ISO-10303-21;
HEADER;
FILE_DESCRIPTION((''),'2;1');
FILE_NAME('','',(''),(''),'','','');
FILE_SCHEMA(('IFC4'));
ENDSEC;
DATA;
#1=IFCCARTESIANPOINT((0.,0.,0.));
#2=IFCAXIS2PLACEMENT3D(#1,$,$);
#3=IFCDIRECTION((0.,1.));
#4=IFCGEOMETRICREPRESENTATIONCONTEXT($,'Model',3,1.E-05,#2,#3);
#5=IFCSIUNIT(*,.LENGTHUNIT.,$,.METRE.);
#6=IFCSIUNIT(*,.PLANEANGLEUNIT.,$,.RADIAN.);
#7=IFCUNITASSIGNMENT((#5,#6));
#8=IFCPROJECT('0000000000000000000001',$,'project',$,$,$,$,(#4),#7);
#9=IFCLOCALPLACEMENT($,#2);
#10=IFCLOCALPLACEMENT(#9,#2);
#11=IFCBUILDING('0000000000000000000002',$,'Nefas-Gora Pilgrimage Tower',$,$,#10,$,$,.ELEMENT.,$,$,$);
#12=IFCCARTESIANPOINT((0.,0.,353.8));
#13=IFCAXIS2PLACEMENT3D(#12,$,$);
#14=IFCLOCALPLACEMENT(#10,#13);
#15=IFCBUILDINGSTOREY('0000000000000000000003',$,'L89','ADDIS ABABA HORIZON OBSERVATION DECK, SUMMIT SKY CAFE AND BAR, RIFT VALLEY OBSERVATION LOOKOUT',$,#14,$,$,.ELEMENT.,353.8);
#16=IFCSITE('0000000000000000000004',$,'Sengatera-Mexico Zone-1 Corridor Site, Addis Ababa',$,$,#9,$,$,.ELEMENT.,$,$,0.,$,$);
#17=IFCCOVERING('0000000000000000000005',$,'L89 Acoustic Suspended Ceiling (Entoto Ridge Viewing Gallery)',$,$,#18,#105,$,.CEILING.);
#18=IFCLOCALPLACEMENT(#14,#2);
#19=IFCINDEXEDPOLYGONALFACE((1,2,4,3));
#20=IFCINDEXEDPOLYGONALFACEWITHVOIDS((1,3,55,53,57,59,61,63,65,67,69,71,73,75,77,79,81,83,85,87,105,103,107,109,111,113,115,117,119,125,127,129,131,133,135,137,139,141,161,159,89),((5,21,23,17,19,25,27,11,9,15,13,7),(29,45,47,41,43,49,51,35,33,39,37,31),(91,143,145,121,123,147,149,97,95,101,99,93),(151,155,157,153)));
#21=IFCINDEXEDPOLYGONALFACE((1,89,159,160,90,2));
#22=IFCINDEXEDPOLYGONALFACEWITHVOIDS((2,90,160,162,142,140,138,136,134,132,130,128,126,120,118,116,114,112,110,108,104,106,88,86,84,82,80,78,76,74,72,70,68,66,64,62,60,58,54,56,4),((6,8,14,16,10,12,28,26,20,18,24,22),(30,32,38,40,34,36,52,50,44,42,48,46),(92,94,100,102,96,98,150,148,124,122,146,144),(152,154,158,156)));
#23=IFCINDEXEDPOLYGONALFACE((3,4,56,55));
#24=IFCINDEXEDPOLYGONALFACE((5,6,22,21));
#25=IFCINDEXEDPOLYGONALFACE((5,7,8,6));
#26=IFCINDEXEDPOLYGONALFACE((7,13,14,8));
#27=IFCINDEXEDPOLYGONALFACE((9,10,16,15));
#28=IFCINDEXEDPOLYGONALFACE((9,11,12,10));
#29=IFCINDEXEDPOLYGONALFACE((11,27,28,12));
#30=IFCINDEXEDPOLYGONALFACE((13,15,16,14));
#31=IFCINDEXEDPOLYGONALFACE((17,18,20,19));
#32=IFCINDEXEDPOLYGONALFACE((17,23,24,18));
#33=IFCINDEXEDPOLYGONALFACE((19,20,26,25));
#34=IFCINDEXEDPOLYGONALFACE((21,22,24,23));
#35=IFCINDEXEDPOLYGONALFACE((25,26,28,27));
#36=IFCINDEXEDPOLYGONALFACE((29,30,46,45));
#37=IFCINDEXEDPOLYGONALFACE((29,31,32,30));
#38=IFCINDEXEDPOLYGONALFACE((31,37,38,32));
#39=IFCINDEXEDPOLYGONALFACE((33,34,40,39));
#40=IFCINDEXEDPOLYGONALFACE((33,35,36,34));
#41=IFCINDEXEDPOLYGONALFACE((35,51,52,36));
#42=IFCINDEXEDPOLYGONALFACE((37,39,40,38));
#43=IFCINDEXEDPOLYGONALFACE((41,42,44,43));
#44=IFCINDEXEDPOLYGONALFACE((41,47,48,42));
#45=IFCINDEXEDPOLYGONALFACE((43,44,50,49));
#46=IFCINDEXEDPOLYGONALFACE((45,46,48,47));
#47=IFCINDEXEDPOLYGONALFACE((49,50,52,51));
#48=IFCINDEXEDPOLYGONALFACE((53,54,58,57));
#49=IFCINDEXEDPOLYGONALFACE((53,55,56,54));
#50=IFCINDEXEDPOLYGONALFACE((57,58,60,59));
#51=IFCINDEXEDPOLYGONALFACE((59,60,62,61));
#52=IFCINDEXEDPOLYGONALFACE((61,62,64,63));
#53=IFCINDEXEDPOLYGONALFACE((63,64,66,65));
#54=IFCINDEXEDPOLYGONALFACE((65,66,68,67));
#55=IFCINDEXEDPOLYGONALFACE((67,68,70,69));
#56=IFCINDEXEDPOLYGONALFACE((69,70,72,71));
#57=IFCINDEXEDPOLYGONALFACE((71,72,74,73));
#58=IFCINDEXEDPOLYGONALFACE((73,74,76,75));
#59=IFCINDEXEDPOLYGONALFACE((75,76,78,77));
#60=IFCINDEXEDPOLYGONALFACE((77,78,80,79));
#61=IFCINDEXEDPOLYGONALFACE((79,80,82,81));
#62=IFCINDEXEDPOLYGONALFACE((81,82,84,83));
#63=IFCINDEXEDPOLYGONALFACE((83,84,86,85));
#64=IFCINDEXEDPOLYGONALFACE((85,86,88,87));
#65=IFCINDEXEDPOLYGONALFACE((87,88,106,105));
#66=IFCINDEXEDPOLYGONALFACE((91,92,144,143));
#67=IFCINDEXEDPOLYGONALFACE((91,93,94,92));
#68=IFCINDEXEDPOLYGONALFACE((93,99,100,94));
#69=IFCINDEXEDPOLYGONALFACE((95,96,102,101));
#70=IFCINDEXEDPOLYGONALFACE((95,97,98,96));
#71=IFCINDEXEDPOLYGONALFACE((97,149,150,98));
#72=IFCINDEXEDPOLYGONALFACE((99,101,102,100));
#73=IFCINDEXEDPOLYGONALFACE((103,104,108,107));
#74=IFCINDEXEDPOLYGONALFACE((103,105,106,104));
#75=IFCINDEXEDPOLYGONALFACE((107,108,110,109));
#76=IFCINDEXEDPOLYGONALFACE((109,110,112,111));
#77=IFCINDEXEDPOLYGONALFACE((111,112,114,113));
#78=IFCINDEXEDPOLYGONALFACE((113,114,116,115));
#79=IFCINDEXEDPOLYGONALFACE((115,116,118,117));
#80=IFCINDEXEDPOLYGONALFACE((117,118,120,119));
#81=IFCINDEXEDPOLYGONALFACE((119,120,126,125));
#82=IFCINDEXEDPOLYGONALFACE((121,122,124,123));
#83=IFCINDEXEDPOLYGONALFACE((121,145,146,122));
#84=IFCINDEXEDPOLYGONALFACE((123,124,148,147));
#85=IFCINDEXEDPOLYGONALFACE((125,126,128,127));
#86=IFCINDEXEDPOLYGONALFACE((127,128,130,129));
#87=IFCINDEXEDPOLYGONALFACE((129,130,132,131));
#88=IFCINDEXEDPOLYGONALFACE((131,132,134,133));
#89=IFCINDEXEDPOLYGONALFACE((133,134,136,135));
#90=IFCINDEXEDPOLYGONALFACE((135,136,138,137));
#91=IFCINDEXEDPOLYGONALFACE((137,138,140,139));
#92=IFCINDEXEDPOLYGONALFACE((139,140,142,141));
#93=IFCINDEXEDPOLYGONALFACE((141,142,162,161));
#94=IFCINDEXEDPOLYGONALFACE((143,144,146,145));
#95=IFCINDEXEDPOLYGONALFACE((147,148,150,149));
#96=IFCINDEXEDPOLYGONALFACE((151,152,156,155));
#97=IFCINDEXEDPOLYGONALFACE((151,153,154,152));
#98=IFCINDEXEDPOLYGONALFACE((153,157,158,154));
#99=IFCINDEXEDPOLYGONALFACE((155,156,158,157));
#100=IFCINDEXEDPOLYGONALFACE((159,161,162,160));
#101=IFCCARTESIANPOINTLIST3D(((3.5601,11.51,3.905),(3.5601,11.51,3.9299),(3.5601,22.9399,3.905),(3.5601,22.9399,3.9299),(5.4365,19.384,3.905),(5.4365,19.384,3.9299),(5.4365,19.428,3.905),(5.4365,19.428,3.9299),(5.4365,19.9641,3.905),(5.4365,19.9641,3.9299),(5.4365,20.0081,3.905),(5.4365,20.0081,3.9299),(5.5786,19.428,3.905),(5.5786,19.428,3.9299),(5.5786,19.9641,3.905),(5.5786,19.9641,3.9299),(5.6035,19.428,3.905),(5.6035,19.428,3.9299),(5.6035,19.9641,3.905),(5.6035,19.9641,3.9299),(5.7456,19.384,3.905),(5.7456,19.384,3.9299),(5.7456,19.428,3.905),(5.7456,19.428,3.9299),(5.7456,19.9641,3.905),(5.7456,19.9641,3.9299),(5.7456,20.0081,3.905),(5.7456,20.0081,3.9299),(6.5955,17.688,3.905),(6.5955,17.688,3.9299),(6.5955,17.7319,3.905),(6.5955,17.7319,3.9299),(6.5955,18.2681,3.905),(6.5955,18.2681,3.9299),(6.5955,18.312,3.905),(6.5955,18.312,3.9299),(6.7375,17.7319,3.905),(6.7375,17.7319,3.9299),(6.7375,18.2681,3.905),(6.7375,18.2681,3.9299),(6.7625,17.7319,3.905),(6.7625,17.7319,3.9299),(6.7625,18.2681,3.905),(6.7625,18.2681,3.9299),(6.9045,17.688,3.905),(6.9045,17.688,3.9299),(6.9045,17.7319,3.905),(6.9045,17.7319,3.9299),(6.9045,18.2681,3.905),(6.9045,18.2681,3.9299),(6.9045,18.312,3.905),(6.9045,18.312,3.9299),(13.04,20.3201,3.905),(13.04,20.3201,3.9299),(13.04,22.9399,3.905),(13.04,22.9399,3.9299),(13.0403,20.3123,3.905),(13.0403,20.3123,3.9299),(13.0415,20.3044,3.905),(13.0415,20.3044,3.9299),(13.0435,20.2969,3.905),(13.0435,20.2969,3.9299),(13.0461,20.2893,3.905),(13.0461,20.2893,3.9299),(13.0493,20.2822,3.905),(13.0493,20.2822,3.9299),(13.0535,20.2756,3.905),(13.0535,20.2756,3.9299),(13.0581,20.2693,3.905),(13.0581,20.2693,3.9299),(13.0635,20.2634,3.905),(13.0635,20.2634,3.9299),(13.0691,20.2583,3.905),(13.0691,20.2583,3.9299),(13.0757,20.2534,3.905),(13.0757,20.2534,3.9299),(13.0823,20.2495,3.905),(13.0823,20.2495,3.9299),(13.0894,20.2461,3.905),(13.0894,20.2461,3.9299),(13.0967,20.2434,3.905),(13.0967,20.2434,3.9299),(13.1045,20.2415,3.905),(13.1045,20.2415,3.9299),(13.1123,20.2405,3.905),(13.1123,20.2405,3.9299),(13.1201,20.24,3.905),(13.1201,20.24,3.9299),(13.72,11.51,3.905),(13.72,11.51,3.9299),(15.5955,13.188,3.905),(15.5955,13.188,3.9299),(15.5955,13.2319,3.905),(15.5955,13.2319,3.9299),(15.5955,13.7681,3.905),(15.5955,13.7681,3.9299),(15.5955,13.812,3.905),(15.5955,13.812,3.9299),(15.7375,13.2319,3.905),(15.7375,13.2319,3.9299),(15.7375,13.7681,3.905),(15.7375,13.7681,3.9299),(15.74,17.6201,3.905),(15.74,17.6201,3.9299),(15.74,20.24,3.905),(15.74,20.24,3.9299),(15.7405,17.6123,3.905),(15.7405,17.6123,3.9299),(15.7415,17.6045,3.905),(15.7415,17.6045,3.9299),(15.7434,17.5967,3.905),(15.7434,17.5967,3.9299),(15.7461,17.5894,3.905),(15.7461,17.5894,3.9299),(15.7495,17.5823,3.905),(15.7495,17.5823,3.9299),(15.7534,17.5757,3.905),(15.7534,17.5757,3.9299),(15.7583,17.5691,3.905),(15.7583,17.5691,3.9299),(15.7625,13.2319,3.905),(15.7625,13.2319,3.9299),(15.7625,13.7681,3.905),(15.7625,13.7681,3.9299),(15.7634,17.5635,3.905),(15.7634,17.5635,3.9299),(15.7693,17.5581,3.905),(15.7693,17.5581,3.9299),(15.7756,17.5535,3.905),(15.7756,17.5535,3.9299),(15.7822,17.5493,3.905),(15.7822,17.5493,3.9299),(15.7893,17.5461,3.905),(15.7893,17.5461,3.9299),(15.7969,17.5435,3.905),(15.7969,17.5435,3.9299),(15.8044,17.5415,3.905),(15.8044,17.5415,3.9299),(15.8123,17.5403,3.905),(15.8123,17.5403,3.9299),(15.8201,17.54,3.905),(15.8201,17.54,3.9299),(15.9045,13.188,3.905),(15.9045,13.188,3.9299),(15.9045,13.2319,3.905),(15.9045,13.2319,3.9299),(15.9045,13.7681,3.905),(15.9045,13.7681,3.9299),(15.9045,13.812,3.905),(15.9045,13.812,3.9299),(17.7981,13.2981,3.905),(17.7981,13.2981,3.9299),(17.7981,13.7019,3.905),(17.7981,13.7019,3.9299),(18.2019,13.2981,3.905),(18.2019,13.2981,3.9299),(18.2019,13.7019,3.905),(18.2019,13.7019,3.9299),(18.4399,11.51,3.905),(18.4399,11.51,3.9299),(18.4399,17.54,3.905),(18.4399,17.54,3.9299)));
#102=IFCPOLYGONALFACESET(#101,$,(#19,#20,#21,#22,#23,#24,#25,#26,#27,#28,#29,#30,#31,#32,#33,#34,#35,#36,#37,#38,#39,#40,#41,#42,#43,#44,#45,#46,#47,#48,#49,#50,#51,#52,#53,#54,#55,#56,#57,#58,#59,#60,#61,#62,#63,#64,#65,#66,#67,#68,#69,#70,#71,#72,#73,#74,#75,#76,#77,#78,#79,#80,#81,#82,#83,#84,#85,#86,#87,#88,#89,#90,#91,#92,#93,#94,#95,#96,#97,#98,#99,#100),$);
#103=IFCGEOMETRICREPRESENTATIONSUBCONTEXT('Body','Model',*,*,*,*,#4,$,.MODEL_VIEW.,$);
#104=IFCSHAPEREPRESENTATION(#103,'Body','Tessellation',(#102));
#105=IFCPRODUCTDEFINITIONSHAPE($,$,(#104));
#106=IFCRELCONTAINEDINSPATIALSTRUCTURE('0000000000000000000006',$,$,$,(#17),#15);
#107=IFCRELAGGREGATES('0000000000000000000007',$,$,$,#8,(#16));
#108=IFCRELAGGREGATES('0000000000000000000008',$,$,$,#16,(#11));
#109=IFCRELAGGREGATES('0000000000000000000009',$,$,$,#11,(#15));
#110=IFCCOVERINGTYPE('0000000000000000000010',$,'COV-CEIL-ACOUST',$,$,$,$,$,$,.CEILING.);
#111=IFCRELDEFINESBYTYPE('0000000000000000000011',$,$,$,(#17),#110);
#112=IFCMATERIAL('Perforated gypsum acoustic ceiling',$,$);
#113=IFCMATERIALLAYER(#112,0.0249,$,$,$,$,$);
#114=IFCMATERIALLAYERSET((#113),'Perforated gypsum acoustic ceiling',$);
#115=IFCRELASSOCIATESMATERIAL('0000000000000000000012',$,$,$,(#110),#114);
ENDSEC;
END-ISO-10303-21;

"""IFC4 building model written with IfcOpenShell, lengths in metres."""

from ifc_helpers import new_model, si_unit, direction, frame, origin, place, context, subcontext, project, spatial, polyline, outline, extrude, material, layer, layer_set, type_object, element, save


model = new_model("IFC4")

# Units and contexts
model_context = context("Model", 3, precision=1e-05, world=origin(), true_north=direction((0.0, 1.0)))
body_context = subcontext(model_context, "Body", "Model", "MODEL_VIEW")
ifc_project = project(units=[si_unit("LENGTHUNIT", "METRE"), si_unit("PLANEANGLEUNIT", "RADIAN")], contexts=[model_context])

# Site, building, storey
site_placement = place(None, origin())
site = spatial("IfcSite", under=ifc_project, at=site_placement, Name="Sengatera-Mexico Zone-1 Corridor Site, Addis Ababa", CompositionType="ELEMENT", RefElevation=0.0)
building_placement = place(site_placement, origin())
building = spatial("IfcBuilding", under=site, at=building_placement, Name="Nefas-Gora Pilgrimage Tower", CompositionType="ELEMENT")
storey_placement = place(building_placement, frame((0.0, 0.0, 353.8)))
storey = spatial("IfcBuildingStorey", under=building, at=storey_placement, Name="L89", Description="ADDIS ABABA HORIZON OBSERVATION DECK, SUMMIT SKY CAFE AND BAR, RIFT VALLEY OBSERVATION LOOKOUT", CompositionType="ELEMENT", Elevation=353.8)

# Covering
ifc_material_1 = material(Name="Perforated gypsum acoustic ceiling")
ifc_layer_1 = layer(ifc_material_1, 0.0249)
ifc_layer_set_1 = layer_set([ifc_layer_1], Name="Perforated gypsum acoustic ceiling")
covering_type_1 = type_object("IfcCoveringType", Name="COV-CEIL-ACOUST", PredefinedType="CEILING", material=ifc_layer_set_1)
covering_1_placement = place(storey_placement, frame((0.0, 0.0, 3.905)))
element("IfcCovering", 1, at=covering_1_placement, inside=storey, type_object=covering_type_1, Name="L89 Acoustic Suspended Ceiling (Entoto Ridge Viewing Gallery)", PredefinedType="CEILING", context=body_context, shape_type="SweptSolid", body=[
    extrude(outline(polyline([(13.04, 22.9399), (3.5601, 22.9399), (3.5601, 11.51), (13.72, 11.51), (18.4399, 11.51), (18.4399, 17.54), (15.8201, 17.54), (15.8123, 17.5403), (15.8044, 17.5415), (15.7969, 17.5435), (15.7893, 17.5461), (15.7822, 17.5493), (15.7756, 17.5535), (15.7693, 17.5581), (15.7634, 17.5635), (15.7583, 17.5691), (15.7534, 17.5757), (15.7495, 17.5823), (15.7461, 17.5894), (15.7434, 17.5967), (15.7415, 17.6045), (15.7405, 17.6123), (15.74, 17.6201), (15.74, 20.24), (13.1201, 20.24), (13.1123, 20.2405), (13.1045, 20.2415), (13.0967, 20.2434), (13.0894, 20.2461), (13.0823, 20.2495), (13.0757, 20.2534), (13.0691, 20.2583), (13.0635, 20.2634), (13.0581, 20.2693), (13.0535, 20.2756), (13.0493, 20.2822), (13.0461, 20.2893), (13.0435, 20.2969), (13.0415, 20.3044), (13.0403, 20.3123), (13.04, 20.3201), (13.04, 22.9399)]), holes=[polyline([(18.2019, 13.7019), (18.2019, 13.2981), (17.7981, 13.2981), (17.7981, 13.7019), (18.2019, 13.7019)]), polyline([(15.9045, 13.812), (15.9045, 13.7681), (15.7625, 13.7681), (15.7625, 13.2319), (15.9045, 13.2319), (15.9045, 13.188), (15.5955, 13.188), (15.5955, 13.2319), (15.7375, 13.2319), (15.7375, 13.7681), (15.5955, 13.7681), (15.5955, 13.812), (15.9045, 13.812)]), polyline([(6.9045, 18.312), (6.9045, 18.2681), (6.7625, 18.2681), (6.7625, 17.7319), (6.9045, 17.7319), (6.9045, 17.688), (6.5955, 17.688), (6.5955, 17.7319), (6.7375, 17.7319), (6.7375, 18.2681), (6.5955, 18.2681), (6.5955, 18.312), (6.9045, 18.312)]), polyline([(5.7456, 20.0081), (5.7456, 19.9641), (5.6035, 19.9641), (5.6035, 19.428), (5.7456, 19.428), (5.7456, 19.384), (5.4365, 19.384), (5.4365, 19.428), (5.5786, 19.428), (5.5786, 19.9641), (5.4365, 19.9641), (5.4365, 20.0081), (5.7456, 20.0081)])]), origin(), (0.0, 0.0, 1.0), 0.0249),
])

save(model, "model.ifc")
